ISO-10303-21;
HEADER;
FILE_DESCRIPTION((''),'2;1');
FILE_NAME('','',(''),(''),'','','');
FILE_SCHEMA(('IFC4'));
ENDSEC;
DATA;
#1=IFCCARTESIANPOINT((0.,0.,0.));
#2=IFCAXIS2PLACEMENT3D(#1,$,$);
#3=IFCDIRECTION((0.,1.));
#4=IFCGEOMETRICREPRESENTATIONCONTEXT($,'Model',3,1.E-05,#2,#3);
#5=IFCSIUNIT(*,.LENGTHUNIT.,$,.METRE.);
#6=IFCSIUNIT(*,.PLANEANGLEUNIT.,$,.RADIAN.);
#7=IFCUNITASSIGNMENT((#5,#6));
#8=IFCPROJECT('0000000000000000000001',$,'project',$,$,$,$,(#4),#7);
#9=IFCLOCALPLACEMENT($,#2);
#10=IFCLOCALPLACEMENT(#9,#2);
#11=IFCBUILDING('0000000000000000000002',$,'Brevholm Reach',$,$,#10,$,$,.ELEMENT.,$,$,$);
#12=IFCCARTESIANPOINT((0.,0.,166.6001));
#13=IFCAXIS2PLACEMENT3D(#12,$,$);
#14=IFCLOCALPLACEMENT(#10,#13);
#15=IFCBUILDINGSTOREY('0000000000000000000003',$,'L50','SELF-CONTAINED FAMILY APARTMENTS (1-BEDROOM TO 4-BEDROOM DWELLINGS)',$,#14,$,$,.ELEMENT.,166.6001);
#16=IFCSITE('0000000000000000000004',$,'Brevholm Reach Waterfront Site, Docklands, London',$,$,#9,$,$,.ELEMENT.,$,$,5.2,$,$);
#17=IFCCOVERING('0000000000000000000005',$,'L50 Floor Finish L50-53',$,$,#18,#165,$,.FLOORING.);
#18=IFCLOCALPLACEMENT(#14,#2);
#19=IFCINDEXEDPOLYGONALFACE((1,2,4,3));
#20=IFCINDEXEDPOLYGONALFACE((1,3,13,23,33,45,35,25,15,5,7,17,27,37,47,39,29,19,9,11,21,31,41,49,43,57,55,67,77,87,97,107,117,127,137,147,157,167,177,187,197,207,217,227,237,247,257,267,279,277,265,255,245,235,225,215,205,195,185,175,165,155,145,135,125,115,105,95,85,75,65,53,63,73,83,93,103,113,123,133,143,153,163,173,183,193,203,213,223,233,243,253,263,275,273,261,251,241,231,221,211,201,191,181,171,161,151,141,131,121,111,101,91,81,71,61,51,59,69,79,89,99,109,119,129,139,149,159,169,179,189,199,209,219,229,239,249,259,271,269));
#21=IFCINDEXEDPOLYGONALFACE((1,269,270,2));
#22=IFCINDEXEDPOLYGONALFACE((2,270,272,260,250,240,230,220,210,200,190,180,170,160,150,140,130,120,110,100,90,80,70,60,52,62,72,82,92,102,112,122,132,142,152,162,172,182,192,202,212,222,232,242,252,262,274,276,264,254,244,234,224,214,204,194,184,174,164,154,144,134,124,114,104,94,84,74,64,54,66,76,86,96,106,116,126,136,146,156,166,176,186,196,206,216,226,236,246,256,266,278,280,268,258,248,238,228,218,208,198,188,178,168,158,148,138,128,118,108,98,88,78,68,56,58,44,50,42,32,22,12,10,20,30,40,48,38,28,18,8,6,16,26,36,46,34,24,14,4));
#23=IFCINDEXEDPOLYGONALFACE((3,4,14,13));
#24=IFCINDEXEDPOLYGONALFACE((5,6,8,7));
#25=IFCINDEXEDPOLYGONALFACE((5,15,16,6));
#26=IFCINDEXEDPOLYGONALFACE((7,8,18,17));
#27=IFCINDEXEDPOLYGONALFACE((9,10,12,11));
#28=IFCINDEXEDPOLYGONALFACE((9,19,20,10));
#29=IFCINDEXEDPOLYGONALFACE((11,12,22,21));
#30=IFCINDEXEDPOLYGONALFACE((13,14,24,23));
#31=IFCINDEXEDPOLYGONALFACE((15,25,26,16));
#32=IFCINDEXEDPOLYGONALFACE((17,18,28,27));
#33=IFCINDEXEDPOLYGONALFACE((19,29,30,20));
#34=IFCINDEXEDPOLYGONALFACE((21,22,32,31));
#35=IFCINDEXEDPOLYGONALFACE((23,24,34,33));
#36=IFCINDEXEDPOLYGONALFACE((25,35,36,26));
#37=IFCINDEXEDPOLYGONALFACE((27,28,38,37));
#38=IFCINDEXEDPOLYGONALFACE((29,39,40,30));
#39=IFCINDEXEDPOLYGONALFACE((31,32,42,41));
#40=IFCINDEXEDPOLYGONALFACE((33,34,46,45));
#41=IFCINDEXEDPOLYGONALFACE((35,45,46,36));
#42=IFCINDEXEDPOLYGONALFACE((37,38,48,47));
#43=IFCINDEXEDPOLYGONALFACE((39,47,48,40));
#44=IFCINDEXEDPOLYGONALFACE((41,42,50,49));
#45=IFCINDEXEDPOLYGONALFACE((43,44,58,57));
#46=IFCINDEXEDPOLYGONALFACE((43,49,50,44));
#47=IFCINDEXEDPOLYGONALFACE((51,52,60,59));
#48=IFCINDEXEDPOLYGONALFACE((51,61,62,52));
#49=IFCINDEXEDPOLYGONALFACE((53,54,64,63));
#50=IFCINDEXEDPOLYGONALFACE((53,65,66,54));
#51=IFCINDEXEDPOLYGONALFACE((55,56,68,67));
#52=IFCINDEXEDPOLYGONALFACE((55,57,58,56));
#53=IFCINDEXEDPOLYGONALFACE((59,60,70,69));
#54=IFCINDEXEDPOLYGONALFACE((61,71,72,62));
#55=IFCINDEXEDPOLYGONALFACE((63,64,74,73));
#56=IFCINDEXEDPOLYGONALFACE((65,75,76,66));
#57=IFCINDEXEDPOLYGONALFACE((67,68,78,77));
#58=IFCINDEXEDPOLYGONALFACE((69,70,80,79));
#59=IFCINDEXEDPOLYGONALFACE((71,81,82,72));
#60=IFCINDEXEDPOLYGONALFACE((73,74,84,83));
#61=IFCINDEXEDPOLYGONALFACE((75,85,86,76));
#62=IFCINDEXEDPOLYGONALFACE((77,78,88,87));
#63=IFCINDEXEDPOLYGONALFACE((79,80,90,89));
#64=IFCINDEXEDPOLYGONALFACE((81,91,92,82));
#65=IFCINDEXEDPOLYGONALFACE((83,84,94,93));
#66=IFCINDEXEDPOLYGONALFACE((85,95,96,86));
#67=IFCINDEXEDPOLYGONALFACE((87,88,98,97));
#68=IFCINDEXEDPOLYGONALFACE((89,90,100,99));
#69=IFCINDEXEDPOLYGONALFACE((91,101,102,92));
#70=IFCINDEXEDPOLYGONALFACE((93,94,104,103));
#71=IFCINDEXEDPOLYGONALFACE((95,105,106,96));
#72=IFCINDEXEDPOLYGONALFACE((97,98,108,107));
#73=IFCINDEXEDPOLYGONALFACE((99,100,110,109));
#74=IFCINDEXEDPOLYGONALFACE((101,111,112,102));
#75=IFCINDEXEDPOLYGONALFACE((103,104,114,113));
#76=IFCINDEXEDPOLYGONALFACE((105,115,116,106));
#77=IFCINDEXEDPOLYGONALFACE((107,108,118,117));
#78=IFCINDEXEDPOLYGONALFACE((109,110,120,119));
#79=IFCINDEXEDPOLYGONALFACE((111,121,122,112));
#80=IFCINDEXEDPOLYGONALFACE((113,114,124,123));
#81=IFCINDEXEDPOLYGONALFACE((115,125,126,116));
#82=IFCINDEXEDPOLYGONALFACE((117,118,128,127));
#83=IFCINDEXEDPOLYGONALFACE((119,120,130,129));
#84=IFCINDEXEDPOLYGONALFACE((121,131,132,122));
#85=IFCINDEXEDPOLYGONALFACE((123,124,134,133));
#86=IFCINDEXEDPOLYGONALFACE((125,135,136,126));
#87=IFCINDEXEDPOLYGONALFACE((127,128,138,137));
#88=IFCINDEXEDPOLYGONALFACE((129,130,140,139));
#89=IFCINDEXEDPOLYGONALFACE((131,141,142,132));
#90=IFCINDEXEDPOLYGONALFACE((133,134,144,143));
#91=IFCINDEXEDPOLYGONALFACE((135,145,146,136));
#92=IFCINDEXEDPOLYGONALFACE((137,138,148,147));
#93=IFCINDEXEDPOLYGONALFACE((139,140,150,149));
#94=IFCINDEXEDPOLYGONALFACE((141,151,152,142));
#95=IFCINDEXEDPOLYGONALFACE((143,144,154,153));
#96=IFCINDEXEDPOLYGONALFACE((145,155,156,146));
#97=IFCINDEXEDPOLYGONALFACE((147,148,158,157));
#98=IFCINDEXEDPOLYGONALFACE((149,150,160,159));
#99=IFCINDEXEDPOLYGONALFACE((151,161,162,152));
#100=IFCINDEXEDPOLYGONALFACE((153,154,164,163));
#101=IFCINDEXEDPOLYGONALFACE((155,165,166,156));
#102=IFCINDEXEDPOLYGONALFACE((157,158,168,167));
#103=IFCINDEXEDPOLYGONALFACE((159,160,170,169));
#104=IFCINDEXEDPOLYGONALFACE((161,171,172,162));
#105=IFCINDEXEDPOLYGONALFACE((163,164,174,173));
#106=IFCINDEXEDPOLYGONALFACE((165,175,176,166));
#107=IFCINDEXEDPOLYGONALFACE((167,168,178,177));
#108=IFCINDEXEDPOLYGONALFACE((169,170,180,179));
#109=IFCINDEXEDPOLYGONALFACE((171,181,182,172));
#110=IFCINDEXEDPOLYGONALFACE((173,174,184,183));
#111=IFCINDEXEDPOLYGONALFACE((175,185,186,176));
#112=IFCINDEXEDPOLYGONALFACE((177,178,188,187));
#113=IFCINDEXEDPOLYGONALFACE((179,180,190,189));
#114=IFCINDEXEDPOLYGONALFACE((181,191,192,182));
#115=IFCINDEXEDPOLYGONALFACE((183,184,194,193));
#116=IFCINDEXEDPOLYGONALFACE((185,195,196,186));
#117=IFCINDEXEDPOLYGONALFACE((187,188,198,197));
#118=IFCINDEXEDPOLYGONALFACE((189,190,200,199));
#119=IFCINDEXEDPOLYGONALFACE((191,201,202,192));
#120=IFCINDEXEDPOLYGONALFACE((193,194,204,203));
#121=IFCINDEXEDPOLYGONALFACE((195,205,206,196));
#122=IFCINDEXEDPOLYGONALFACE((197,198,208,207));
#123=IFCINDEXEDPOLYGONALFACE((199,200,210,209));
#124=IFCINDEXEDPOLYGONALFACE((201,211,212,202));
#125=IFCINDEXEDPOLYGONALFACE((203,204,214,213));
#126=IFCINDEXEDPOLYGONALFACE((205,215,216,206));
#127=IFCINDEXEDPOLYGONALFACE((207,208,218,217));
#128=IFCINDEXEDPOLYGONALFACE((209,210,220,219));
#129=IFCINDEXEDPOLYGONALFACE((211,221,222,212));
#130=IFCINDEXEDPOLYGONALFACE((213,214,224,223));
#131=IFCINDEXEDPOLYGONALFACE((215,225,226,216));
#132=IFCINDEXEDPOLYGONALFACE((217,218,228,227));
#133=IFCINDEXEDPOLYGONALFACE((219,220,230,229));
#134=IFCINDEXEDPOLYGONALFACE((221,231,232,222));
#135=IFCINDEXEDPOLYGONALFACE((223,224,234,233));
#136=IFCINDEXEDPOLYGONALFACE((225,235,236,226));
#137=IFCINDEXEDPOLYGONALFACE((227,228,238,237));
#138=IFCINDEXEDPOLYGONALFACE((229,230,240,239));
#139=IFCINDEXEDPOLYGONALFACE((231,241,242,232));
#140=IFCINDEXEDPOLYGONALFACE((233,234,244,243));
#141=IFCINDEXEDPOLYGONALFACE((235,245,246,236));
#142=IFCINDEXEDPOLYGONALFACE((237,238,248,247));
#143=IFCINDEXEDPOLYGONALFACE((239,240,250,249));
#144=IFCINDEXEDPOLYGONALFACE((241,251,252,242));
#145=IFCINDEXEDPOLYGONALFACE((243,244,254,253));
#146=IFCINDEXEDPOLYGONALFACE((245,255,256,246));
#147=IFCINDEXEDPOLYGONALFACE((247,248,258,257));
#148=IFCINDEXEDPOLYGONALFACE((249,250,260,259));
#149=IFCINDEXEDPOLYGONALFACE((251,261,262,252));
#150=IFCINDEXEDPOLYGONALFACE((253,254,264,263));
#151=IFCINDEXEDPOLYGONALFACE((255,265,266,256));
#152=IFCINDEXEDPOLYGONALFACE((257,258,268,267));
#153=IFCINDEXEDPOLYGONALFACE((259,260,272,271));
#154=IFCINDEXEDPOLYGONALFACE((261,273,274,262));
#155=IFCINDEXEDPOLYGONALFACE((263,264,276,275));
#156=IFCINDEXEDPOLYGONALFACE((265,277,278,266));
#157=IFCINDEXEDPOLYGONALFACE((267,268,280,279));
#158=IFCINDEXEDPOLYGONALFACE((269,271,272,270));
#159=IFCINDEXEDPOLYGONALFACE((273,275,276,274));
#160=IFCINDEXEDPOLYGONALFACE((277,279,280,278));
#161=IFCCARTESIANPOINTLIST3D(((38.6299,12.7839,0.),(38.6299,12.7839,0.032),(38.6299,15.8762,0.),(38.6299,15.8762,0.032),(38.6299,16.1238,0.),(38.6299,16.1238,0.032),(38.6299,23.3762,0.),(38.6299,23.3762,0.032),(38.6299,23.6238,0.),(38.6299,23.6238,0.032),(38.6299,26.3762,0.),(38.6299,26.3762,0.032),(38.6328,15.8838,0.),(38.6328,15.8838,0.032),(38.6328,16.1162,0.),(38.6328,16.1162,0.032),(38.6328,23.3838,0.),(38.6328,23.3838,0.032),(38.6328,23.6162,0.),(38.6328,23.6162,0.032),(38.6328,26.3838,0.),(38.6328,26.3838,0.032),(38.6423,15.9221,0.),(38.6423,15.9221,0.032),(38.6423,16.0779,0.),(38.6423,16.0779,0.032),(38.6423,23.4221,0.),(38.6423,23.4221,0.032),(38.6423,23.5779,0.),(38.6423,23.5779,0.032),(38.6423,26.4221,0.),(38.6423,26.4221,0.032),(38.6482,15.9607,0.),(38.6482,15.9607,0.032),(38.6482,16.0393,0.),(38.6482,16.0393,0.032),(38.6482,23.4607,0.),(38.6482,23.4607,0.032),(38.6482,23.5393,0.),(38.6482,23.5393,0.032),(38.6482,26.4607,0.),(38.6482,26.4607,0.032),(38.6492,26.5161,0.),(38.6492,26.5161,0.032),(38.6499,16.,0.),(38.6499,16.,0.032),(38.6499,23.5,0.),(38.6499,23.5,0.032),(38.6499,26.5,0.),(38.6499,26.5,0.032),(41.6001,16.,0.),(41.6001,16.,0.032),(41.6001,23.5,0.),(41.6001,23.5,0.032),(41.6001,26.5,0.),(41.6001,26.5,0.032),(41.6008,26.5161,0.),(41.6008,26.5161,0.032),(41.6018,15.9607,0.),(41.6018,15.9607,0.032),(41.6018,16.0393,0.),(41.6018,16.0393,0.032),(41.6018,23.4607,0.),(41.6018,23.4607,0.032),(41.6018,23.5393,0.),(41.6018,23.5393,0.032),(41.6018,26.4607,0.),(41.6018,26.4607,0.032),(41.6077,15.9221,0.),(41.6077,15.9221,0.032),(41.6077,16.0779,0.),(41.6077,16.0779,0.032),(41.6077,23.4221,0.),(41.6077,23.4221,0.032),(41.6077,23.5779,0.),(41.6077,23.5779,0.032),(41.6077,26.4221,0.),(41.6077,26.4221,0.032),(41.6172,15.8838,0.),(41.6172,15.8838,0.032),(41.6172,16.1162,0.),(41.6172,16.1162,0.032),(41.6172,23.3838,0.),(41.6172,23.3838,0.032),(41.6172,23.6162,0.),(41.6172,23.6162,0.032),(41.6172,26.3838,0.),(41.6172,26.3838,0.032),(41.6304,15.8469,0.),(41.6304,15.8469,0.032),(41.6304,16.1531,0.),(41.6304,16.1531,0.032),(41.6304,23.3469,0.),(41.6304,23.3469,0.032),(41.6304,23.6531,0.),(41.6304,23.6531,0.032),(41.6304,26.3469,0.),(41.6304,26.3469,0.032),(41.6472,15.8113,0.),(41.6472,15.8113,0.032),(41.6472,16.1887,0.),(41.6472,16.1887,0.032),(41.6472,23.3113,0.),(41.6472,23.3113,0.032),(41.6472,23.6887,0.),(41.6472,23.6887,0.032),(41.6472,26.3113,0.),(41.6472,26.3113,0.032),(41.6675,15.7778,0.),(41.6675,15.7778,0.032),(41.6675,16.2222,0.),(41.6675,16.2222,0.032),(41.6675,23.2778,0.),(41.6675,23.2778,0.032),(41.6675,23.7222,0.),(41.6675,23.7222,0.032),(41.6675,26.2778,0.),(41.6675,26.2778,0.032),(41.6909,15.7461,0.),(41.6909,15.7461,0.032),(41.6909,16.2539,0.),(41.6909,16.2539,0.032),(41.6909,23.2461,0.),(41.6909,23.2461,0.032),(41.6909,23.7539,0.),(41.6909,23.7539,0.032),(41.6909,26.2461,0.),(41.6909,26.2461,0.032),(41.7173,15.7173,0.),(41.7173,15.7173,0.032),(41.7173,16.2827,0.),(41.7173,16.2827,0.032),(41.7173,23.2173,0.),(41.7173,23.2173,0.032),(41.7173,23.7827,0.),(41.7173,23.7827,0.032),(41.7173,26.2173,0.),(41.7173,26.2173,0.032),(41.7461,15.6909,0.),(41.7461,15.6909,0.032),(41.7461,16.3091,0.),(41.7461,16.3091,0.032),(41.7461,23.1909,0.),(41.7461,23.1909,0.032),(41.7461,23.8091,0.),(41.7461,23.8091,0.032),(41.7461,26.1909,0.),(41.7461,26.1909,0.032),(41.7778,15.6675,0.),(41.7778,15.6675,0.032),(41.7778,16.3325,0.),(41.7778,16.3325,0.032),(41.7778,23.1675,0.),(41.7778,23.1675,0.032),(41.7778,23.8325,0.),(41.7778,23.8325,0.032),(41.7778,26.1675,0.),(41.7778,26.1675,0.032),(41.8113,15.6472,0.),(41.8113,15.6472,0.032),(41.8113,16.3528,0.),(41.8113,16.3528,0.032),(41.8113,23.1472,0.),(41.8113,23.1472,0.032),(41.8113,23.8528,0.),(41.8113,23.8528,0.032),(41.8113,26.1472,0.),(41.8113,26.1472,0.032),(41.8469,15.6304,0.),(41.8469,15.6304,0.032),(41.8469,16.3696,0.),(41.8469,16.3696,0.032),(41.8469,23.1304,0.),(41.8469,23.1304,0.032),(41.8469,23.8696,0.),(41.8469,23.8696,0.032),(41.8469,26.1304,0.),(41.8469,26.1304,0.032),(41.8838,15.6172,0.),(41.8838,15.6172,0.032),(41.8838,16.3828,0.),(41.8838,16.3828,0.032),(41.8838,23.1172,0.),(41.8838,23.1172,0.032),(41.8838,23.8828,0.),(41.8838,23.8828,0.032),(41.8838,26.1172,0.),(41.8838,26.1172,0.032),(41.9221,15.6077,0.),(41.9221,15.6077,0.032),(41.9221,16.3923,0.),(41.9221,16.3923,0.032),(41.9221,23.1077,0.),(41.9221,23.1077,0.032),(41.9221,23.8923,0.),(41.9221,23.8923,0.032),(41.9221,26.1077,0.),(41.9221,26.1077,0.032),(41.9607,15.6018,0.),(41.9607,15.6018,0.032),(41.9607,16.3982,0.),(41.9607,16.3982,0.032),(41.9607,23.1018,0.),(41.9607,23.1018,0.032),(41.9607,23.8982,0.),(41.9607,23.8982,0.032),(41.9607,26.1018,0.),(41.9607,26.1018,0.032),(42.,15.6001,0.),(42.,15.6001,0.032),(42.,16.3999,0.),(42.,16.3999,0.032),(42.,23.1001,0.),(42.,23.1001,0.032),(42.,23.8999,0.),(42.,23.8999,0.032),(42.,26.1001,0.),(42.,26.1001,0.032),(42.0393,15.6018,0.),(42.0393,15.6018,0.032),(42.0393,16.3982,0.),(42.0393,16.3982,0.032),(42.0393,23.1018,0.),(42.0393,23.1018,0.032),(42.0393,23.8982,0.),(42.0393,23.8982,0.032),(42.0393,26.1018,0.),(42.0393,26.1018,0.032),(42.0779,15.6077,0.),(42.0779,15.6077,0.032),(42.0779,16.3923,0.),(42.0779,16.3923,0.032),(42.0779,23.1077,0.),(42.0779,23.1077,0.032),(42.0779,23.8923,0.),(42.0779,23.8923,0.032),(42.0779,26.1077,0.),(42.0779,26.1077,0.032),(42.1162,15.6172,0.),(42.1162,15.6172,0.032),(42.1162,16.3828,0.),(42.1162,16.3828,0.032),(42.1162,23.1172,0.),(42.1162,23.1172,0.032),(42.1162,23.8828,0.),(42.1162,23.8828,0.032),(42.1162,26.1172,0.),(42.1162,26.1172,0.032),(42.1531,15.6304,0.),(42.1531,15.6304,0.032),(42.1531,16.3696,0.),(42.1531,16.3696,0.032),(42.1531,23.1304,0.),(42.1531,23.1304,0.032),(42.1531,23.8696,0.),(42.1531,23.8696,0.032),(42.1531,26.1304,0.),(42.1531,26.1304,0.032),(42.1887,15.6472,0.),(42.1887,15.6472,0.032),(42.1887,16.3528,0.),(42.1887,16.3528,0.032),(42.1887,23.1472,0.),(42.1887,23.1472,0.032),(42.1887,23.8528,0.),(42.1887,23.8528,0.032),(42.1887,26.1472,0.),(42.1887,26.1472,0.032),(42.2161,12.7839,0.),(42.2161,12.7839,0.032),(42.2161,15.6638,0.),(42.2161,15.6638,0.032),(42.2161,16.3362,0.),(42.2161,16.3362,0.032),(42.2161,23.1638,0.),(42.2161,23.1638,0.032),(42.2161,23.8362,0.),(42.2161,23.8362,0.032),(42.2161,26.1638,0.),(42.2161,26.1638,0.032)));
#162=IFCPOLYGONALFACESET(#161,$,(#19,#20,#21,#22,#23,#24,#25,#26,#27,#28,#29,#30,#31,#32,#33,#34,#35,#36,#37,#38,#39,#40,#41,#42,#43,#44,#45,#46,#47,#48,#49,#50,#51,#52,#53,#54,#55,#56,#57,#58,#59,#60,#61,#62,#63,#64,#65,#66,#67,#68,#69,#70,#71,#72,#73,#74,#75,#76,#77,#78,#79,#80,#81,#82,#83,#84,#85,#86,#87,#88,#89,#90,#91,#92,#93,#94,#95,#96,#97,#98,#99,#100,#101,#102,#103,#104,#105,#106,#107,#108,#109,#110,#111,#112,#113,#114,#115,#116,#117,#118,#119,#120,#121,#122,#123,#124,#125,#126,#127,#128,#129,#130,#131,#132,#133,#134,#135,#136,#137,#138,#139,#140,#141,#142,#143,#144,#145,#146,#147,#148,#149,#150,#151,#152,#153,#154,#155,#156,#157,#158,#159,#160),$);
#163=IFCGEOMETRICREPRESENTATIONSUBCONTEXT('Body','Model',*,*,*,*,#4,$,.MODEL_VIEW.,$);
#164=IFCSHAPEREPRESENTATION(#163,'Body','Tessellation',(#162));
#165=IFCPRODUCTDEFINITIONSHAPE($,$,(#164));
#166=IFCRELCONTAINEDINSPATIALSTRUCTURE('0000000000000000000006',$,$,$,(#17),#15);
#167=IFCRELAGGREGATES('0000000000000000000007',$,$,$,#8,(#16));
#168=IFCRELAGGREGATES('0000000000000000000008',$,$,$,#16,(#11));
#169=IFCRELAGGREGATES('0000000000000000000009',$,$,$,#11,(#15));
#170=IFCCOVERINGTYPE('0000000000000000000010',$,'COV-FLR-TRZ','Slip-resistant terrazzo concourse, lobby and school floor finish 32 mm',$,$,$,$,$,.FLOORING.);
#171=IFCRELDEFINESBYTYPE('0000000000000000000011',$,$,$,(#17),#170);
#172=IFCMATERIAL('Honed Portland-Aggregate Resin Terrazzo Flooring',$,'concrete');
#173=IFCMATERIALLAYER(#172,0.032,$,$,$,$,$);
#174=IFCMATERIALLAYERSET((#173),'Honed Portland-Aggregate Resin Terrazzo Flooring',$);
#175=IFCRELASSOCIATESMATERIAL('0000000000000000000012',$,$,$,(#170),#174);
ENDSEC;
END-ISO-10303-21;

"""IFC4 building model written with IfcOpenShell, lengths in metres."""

from ifc_helpers import new_model, si_unit, direction, frame, origin, place, context, subcontext, project, spatial, polyline, outline, extrude, material, layer, layer_set, type_object, element, save


model = new_model("IFC4")

# Units and contexts
model_context = context("Model", 3, precision=1e-05, world=origin(), true_north=direction((0.0, 1.0)))
body_context = subcontext(model_context, "Body", "Model", "MODEL_VIEW")
ifc_project = project(units=[si_unit("LENGTHUNIT", "METRE"), si_unit("PLANEANGLEUNIT", "RADIAN")], contexts=[model_context])

# Site, building, storey
site_placement = place(None, origin())
site = spatial("IfcSite", under=ifc_project, at=site_placement, Name="Brevholm Reach Waterfront Site, Docklands, London", CompositionType="ELEMENT", RefElevation=5.2)
building_placement = place(site_placement, origin())
building = spatial("IfcBuilding", under=site, at=building_placement, Name="Brevholm Reach", CompositionType="ELEMENT")
storey_placement = place(building_placement, frame((0.0, 0.0, 166.6001)))
storey = spatial("IfcBuildingStorey", under=building, at=storey_placement, Name="L50", Description="SELF-CONTAINED FAMILY APARTMENTS (1-BEDROOM TO 4-BEDROOM DWELLINGS)", CompositionType="ELEMENT", Elevation=166.6001)

# Covering
ifc_material_1 = material(Name="Honed Portland-Aggregate Resin Terrazzo Flooring", Category="concrete")
ifc_layer_1 = layer(ifc_material_1, 0.032)
ifc_layer_set_1 = layer_set([ifc_layer_1], Name="Honed Portland-Aggregate Resin Terrazzo Flooring")
covering_type_1 = type_object("IfcCoveringType", Name="COV-FLR-TRZ", Description="Slip-resistant terrazzo concourse, lobby and school floor finish 32 mm", PredefinedType="FLOORING", material=ifc_layer_set_1)
covering_1_placement = place(storey_placement, origin())
element("IfcCovering", 1, at=covering_1_placement, inside=storey, type_object=covering_type_1, Name="L50 Floor Finish L50-53", PredefinedType="FLOORING", context=body_context, shape_type="SweptSolid", body=[
    extrude(outline(polyline([(38.6299, 15.8762), (38.6328, 15.8838), (38.6423, 15.9221), (38.6482, 15.9607), (38.6499, 16.0), (38.6482, 16.0393), (38.6423, 16.0779), (38.6328, 16.1162), (38.6299, 16.1238), (38.6299, 23.3762), (38.6328, 23.3838), (38.6423, 23.4221), (38.6482, 23.4607), (38.6499, 23.5), (38.6482, 23.5393), (38.6423, 23.5779), (38.6328, 23.6162), (38.6299, 23.6238), (38.6299, 26.3762), (38.6328, 26.3838), (38.6423, 26.4221), (38.6482, 26.4607), (38.6499, 26.5), (38.6492, 26.5161), (41.6008, 26.5161), (41.6001, 26.5), (41.6018, 26.4607), (41.6077, 26.4221), (41.6172, 26.3838), (41.6304, 26.3469), (41.6472, 26.3113), (41.6675, 26.2778), (41.6909, 26.2461), (41.7173, 26.2173), (41.7461, 26.1909), (41.7778, 26.1675), (41.8113, 26.1472), (41.8469, 26.1304), (41.8838, 26.1172), (41.9221, 26.1077), (41.9607, 26.1018), (42.0, 26.1001), (42.0393, 26.1018), (42.0779, 26.1077), (42.1162, 26.1172), (42.1531, 26.1304), (42.1887, 26.1472), (42.2161, 26.1638), (42.2161, 23.8362), (42.1887, 23.8528), (42.1531, 23.8696), (42.1162, 23.8828), (42.0779, 23.8923), (42.0393, 23.8982), (42.0, 23.8999), (41.9607, 23.8982), (41.9221, 23.8923), (41.8838, 23.8828), (41.8469, 23.8696), (41.8113, 23.8528), (41.7778, 23.8325), (41.7461, 23.8091), (41.7173, 23.7827), (41.6909, 23.7539), (41.6675, 23.7222), (41.6472, 23.6887), (41.6304, 23.6531), (41.6172, 23.6162), (41.6077, 23.5779), (41.6018, 23.5393), (41.6001, 23.5), (41.6018, 23.4607), (41.6077, 23.4221), (41.6172, 23.3838), (41.6304, 23.3469), (41.6472, 23.3113), (41.6675, 23.2778), (41.6909, 23.2461), (41.7173, 23.2173), (41.7461, 23.1909), (41.7778, 23.1675), (41.8113, 23.1472), (41.8469, 23.1304), (41.8838, 23.1172), (41.9221, 23.1077), (41.9607, 23.1018), (42.0, 23.1001), (42.0393, 23.1018), (42.0779, 23.1077), (42.1162, 23.1172), (42.1531, 23.1304), (42.1887, 23.1472), (42.2161, 23.1638), (42.2161, 16.3362), (42.1887, 16.3528), (42.1531, 16.3696), (42.1162, 16.3828), (42.0779, 16.3923), (42.0393, 16.3982), (42.0, 16.3999), (41.9607, 16.3982), (41.9221, 16.3923), (41.8838, 16.3828), (41.8469, 16.3696), (41.8113, 16.3528), (41.7778, 16.3325), (41.7461, 16.3091), (41.7173, 16.2827), (41.6909, 16.2539), (41.6675, 16.2222), (41.6472, 16.1887), (41.6304, 16.1531), (41.6172, 16.1162), (41.6077, 16.0779), (41.6018, 16.0393), (41.6001, 16.0), (41.6018, 15.9607), (41.6077, 15.9221), (41.6172, 15.8838), (41.6304, 15.8469), (41.6472, 15.8113), (41.6675, 15.7778), (41.6909, 15.7461), (41.7173, 15.7173), (41.7461, 15.6909), (41.7778, 15.6675), (41.8113, 15.6472), (41.8469, 15.6304), (41.8838, 15.6172), (41.9221, 15.6077), (41.9607, 15.6018), (42.0, 15.6001), (42.0393, 15.6018), (42.0779, 15.6077), (42.1162, 15.6172), (42.1531, 15.6304), (42.1887, 15.6472), (42.2161, 15.6638), (42.2161, 12.7839), (38.6299, 12.7839), (38.6299, 15.8762)])), origin(), (0.0, 0.0, 1.0), 0.032),
])

save(model, "model.ifc")
